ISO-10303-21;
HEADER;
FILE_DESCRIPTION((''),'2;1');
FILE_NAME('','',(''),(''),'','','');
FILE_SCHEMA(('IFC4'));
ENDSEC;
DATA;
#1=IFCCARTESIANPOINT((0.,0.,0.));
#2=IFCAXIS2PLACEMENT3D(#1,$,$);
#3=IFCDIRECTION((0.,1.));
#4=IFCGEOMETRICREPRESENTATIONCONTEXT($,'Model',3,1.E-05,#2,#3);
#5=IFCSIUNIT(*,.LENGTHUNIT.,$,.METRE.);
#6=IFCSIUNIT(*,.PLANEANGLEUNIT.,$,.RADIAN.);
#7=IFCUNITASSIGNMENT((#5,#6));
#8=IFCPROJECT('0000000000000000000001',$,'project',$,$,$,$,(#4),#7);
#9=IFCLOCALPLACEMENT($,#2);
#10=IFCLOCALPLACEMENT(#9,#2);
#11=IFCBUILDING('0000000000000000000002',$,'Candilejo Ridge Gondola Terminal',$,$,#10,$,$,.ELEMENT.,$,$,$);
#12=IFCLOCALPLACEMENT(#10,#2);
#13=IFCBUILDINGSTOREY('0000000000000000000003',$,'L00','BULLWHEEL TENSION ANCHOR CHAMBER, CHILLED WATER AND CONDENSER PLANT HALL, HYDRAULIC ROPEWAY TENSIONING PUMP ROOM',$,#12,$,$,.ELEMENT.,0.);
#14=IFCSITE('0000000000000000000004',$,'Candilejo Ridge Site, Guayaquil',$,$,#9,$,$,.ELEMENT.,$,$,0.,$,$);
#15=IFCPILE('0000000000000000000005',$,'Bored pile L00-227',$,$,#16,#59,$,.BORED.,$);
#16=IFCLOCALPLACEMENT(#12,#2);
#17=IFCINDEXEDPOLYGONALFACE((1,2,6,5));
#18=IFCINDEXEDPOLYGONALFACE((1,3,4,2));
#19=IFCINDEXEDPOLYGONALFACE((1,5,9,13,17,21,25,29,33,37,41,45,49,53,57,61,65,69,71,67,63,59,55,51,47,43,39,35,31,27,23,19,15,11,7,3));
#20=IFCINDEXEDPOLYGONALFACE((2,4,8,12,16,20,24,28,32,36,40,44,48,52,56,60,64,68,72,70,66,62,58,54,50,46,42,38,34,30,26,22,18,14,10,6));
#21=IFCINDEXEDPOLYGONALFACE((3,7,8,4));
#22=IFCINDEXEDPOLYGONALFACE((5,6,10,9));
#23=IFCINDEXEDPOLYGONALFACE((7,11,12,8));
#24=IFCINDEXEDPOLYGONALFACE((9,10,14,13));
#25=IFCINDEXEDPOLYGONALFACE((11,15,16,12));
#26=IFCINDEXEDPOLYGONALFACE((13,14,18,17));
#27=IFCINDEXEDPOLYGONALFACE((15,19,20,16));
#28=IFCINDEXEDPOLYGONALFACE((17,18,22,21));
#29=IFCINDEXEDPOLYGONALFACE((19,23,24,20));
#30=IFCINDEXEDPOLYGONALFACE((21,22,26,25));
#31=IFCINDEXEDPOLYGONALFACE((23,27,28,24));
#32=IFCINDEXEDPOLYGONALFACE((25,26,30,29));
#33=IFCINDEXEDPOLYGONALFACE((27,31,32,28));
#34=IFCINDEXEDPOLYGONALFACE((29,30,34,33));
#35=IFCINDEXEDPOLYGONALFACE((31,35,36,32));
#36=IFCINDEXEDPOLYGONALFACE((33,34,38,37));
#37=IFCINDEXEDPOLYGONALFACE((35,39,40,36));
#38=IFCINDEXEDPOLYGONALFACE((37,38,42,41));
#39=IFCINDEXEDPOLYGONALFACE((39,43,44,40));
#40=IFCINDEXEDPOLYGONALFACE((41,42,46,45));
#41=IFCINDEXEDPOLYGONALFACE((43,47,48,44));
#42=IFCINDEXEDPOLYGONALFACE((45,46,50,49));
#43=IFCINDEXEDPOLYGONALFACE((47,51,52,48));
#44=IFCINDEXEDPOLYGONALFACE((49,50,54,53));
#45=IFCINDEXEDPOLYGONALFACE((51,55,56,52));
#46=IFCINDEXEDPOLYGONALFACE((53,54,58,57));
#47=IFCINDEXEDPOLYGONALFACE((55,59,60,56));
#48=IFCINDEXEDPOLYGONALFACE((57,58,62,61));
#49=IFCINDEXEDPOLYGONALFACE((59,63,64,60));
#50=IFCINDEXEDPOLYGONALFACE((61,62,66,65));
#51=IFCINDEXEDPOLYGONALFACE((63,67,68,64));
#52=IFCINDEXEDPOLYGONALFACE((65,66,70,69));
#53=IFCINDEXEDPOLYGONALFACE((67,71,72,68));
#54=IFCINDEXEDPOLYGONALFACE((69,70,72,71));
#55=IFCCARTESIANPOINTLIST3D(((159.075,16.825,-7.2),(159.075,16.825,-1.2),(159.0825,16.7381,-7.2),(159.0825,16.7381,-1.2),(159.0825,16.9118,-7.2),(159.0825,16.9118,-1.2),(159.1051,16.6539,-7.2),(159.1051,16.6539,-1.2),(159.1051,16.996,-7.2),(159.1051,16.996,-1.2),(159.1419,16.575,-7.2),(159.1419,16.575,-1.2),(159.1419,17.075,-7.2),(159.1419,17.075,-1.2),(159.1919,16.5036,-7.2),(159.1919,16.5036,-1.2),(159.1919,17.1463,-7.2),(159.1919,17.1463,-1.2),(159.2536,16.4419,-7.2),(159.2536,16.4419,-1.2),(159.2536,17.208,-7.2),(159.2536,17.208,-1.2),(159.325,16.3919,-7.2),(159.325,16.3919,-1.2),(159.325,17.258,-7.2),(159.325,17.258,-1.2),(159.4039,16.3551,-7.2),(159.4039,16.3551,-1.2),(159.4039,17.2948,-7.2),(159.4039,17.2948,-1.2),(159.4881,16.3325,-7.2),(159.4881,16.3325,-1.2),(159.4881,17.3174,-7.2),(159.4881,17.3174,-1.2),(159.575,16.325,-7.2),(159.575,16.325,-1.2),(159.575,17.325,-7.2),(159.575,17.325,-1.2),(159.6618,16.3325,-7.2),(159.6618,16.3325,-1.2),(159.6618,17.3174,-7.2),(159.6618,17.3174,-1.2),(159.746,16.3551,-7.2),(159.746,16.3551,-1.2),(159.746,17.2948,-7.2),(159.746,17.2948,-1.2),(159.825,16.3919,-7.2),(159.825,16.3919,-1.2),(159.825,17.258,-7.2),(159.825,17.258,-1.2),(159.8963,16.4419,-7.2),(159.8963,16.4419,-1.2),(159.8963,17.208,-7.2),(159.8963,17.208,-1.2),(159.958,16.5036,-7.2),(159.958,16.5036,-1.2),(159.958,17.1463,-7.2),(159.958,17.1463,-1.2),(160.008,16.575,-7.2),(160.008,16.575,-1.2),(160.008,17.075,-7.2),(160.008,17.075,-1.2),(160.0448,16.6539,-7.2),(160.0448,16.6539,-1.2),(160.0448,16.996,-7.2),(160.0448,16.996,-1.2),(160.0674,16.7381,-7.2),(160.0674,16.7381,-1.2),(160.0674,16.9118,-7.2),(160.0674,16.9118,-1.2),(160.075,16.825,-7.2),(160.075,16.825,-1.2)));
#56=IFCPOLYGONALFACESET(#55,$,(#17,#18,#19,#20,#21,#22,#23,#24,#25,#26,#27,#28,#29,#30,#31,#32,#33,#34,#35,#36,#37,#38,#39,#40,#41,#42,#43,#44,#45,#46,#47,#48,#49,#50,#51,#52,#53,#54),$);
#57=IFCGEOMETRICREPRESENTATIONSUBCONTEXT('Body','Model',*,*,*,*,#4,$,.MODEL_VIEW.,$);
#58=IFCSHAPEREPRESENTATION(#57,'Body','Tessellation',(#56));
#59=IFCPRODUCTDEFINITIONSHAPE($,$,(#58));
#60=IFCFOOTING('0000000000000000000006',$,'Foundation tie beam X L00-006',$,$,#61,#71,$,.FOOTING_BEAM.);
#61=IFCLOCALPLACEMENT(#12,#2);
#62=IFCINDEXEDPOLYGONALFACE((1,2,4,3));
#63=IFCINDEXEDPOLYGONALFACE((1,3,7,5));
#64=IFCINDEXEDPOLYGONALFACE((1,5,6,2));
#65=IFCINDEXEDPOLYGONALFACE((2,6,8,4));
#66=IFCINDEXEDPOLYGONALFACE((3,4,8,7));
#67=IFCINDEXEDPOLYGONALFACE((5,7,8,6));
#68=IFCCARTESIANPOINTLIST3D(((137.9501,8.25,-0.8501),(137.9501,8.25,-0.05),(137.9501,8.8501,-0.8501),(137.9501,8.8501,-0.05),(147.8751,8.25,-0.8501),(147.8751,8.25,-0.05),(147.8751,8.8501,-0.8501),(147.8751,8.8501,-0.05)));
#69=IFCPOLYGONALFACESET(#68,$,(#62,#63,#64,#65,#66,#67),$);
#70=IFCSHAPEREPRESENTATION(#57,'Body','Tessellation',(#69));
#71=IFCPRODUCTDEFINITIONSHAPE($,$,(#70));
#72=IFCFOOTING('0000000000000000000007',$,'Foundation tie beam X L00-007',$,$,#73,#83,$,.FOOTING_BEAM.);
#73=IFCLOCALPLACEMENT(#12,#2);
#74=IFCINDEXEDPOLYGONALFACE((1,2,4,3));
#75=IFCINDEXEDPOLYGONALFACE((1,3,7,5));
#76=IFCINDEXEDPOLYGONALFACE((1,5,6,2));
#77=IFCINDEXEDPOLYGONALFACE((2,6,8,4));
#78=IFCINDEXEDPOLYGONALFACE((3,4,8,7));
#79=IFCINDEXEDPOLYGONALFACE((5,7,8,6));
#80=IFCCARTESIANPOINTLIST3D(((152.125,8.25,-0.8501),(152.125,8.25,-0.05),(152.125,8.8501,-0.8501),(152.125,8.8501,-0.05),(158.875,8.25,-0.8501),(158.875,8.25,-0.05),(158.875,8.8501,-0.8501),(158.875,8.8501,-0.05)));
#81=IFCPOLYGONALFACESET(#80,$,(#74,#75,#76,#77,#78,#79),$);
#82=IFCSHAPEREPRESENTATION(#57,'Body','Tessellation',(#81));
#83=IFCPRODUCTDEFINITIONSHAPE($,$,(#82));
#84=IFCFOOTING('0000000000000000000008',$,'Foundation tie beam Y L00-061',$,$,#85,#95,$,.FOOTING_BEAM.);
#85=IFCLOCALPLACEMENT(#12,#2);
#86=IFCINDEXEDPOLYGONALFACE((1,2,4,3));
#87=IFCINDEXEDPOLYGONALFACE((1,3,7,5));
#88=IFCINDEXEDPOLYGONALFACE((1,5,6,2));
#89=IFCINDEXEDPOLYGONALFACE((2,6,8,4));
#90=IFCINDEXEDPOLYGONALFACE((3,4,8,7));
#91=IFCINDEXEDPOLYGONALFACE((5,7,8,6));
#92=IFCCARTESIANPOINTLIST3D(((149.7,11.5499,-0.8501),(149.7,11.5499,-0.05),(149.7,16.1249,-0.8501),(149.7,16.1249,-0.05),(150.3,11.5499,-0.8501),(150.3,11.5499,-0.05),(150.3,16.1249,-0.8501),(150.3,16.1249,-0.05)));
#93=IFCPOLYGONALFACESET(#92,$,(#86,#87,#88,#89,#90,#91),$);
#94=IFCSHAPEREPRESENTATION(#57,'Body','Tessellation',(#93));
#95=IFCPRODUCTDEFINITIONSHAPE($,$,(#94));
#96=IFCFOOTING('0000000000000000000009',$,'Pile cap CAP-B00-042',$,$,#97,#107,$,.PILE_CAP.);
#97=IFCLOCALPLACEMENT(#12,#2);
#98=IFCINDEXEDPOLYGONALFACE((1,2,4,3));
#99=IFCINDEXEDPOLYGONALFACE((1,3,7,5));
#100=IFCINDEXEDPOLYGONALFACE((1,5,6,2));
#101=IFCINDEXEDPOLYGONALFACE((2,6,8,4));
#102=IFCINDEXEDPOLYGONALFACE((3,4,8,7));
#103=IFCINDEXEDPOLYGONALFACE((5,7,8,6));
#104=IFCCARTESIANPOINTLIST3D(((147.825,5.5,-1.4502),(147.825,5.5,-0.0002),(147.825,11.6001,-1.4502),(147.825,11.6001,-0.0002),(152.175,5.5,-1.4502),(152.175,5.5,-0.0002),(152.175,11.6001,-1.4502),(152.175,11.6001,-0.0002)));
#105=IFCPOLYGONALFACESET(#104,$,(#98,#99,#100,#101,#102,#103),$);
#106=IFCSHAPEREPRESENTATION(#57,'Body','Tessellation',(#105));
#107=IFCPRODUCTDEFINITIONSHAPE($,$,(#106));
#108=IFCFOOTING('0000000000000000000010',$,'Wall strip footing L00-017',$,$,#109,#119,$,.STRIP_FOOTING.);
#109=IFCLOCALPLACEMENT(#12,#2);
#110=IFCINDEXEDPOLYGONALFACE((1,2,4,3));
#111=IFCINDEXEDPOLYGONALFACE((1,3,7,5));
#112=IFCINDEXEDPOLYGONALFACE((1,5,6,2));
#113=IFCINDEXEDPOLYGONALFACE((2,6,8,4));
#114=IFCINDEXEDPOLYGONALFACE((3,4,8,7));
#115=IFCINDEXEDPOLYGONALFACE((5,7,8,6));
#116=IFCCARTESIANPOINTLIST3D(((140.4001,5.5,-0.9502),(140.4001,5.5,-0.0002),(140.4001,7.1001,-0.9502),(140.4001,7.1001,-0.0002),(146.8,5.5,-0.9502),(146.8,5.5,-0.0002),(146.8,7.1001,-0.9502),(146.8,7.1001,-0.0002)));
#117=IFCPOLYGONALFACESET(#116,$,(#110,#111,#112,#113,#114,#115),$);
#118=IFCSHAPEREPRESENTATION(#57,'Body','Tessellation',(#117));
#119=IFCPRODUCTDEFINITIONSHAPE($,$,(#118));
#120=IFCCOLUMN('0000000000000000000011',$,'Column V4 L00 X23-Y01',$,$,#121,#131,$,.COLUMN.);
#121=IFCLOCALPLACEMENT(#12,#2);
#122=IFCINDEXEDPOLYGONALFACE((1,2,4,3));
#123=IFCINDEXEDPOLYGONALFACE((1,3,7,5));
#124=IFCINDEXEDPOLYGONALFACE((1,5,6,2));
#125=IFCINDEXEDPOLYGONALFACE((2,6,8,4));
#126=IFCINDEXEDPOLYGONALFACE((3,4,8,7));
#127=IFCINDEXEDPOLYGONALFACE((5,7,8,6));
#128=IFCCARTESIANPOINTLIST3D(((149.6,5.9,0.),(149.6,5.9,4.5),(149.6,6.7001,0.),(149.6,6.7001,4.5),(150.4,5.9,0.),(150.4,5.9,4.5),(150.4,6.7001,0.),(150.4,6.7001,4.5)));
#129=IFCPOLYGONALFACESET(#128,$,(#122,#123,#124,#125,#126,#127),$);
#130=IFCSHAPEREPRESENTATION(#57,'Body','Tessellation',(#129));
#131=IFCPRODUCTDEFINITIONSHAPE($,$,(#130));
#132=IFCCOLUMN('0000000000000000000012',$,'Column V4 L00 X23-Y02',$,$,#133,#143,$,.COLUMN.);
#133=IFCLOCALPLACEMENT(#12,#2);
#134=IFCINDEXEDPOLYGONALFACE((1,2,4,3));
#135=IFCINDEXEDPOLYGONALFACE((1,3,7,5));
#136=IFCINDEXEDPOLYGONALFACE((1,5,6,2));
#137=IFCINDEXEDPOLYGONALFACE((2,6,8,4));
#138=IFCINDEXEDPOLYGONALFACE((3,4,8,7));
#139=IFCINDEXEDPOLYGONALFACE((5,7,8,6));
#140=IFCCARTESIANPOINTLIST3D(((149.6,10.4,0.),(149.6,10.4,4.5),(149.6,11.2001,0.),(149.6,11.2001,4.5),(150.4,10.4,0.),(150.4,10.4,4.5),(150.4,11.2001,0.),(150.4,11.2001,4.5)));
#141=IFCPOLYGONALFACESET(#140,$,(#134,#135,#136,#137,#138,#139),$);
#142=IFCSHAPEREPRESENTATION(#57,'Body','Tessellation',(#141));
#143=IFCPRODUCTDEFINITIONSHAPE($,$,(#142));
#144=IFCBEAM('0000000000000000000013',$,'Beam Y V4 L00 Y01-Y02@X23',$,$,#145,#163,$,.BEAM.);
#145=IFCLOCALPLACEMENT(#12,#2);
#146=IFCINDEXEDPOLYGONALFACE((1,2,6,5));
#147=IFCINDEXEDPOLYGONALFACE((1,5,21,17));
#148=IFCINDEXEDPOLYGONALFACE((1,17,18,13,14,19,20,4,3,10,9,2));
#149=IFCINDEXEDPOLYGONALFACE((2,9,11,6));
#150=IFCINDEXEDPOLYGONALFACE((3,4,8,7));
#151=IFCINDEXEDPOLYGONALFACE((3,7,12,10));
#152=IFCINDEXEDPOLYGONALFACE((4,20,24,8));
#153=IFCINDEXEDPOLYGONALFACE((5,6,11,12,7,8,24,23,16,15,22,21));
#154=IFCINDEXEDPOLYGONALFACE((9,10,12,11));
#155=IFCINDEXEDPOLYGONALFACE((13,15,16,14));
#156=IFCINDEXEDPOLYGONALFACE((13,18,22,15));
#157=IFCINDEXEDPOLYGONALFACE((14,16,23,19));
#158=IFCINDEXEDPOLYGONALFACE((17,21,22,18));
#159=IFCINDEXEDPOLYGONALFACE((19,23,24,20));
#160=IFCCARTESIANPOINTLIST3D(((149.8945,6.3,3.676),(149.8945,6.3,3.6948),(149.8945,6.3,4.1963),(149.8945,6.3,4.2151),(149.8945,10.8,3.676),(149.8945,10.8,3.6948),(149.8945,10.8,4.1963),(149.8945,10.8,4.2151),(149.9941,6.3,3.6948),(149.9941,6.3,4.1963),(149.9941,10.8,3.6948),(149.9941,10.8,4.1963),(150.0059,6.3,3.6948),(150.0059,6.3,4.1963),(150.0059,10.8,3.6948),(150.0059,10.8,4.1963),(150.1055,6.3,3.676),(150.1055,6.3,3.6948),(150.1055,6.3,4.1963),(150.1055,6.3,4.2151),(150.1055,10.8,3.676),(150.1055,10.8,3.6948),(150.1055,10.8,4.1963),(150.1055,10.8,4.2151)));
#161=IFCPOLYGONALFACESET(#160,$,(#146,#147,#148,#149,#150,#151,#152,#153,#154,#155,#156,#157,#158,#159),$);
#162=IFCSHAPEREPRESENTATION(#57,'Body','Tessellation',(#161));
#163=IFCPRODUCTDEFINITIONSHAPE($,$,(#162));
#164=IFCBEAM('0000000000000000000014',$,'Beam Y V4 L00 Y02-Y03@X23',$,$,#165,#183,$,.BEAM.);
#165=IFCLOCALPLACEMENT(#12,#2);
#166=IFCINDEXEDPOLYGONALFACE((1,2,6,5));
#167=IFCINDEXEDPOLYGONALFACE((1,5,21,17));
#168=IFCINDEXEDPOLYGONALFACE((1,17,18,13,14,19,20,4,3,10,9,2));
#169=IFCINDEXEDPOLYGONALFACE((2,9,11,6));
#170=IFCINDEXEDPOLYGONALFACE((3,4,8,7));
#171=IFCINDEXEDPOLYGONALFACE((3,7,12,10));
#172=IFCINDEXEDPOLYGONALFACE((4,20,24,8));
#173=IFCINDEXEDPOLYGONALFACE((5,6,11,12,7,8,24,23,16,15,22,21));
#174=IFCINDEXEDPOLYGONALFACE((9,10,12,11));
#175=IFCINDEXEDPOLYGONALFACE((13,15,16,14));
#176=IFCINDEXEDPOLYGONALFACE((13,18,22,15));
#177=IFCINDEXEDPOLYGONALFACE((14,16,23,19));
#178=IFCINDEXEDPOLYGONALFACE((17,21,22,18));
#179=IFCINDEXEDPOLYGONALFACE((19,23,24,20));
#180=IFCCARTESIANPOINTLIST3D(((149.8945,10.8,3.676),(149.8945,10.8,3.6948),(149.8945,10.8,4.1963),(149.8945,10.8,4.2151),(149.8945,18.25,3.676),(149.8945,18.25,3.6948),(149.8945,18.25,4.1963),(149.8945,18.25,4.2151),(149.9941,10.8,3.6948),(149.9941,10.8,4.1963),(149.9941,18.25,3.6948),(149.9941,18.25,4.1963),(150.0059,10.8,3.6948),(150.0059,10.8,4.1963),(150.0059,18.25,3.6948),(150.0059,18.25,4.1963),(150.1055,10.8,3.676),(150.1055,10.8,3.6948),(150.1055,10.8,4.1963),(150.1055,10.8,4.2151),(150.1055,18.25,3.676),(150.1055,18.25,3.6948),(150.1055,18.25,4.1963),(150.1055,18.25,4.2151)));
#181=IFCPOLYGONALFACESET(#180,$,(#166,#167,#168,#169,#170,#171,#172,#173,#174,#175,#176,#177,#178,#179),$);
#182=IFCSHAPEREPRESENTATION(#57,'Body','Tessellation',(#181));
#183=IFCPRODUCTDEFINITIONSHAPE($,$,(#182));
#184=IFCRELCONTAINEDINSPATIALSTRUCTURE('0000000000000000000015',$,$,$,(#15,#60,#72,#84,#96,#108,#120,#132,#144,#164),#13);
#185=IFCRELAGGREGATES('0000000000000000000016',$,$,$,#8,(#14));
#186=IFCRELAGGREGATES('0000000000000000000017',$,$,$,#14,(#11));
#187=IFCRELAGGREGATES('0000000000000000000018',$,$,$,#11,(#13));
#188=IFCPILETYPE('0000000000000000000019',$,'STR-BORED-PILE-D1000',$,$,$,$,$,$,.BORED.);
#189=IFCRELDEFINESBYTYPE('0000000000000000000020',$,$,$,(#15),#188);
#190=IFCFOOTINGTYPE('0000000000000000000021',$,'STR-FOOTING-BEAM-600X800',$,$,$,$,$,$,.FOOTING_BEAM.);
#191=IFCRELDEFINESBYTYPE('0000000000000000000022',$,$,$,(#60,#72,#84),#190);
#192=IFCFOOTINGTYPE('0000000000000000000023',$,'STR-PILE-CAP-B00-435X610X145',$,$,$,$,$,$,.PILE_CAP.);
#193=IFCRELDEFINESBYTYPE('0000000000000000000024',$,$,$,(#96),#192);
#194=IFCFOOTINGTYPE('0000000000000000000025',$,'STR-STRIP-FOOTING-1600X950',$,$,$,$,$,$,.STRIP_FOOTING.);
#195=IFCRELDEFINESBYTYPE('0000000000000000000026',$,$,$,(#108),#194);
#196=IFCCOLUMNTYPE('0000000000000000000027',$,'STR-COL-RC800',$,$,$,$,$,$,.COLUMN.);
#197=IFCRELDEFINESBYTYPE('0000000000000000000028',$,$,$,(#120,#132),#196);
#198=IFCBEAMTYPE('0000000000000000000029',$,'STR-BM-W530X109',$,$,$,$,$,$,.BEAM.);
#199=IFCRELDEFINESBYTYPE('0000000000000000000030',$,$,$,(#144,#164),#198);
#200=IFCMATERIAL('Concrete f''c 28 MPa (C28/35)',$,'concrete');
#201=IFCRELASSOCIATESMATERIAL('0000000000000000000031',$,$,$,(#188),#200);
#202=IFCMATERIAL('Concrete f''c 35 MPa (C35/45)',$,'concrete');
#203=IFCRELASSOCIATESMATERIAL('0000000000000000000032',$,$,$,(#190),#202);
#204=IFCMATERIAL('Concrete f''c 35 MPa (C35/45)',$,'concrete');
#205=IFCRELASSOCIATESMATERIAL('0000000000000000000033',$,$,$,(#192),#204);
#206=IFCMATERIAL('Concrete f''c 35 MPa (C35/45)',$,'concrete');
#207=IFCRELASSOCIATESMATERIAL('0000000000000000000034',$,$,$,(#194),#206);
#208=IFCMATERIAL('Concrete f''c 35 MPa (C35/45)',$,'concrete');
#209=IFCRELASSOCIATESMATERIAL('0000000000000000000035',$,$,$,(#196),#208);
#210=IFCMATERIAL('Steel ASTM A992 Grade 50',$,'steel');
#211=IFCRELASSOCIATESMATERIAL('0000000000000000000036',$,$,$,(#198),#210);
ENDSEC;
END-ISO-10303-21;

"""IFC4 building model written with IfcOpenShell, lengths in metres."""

from ifc_helpers import new_model, si_unit, direction, frame, origin, origin_2d, place, context, subcontext, project, spatial, rectangle, circle, i_section, extrude, material, material_profile, profile_set, type_object, element, save


model = new_model("IFC4")

# Units and contexts
model_context = context("Model", 3, precision=1e-05, world=origin(), true_north=direction((0.0, 1.0)))
body_context = subcontext(model_context, "Body", "Model", "MODEL_VIEW")
ifc_project = project(units=[si_unit("LENGTHUNIT", "METRE"), si_unit("PLANEANGLEUNIT", "RADIAN")], contexts=[model_context])

# Site, building, storey
site_placement = place(None, origin())
site = spatial("IfcSite", under=ifc_project, at=site_placement, Name="Candilejo Ridge Site, Guayaquil", CompositionType="ELEMENT", RefElevation=0.0)
building_placement = place(site_placement, origin())
building = spatial("IfcBuilding", under=site, at=building_placement, Name="Candilejo Ridge Gondola Terminal", CompositionType="ELEMENT")
storey_placement = place(building_placement, origin())
storey = spatial("IfcBuildingStorey", under=building, at=storey_placement, Name="L00", Description="BULLWHEEL TENSION ANCHOR CHAMBER, CHILLED WATER AND CONDENSER PLANT HALL, HYDRAULIC ROPEWAY TENSIONING PUMP ROOM", CompositionType="ELEMENT", Elevation=0.0)

# Pile
ifc_material_1 = material(Name="Concrete f'c 28 MPa (C28/35)", Category="concrete")
ifc_material_profile_1 = material_profile(ifc_material_1, circle(Radius=0.5, at=origin_2d()))
ifc_profile_set_1 = profile_set([ifc_material_profile_1], Name="Concrete f'c 28 MPa (C28/35)")
pile_type = type_object("IfcPileType", Name="STR-BORED-PILE-D1000", PredefinedType="BORED", material=ifc_profile_set_1)
pile_placement = place(storey_placement, frame((159.575, 16.825, -1.2), z_axis=(0.0, 0.0, -1.0), x_axis=(1.0, 0.0, 0.0)))
element("IfcPile", 1, at=pile_placement, inside=storey, type_object=pile_type, Name="Bored pile L00-227", PredefinedType="BORED", context=body_context, shape_type="SweptSolid", body=[
    extrude(circle(Radius=0.5, at=origin_2d()), origin(), (0.0, 0.0, 1.0), 6.0),
])

# Footings
ifc_material_2 = material(Name="Concrete f'c 35 MPa (C35/45)", Category="concrete")
footing_type_1 = type_object("IfcFootingType", Name="STR-FOOTING-BEAM-600X800", PredefinedType="FOOTING_BEAM", material=ifc_material_2)
footing_1_placement = place(storey_placement, frame((142.9126, 8.55, -0.8501), z_axis=(0.0, 0.0, 1.0), x_axis=(1.0, 0.0, 0.0)))
element("IfcFooting", 2, at=footing_1_placement, inside=storey, type_object=footing_type_1, Name="Foundation tie beam X L00-006", PredefinedType="FOOTING_BEAM", context=body_context, shape_type="SweptSolid", body=[
    extrude(rectangle(XDim=9.925, YDim=0.6001, at=origin_2d()), origin(), (0.0, 0.0, 1.0), 0.8),
])
footing_2_placement = place(storey_placement, frame((155.5, 8.55, -0.8501), z_axis=(0.0, 0.0, 1.0), x_axis=(1.0, 0.0, 0.0)))
element("IfcFooting", 3, at=footing_2_placement, inside=storey, type_object=footing_type_1, Name="Foundation tie beam X L00-007", PredefinedType="FOOTING_BEAM", context=body_context, shape_type="SweptSolid", body=[
    extrude(rectangle(XDim=6.75, YDim=0.6001, at=origin_2d()), origin(), (0.0, 0.0, 1.0), 0.8),
])
footing_3_placement = place(storey_placement, frame((150.0, 13.8374, -0.8501), z_axis=(0.0, 0.0, 1.0), x_axis=(1.0, 0.0, 0.0)))
element("IfcFooting", 4, at=footing_3_placement, inside=storey, type_object=footing_type_1, Name="Foundation tie beam Y L00-061", PredefinedType="FOOTING_BEAM", context=body_context, shape_type="SweptSolid", body=[
    extrude(rectangle(XDim=0.6001, YDim=4.575, at=origin_2d()), origin(), (0.0, 0.0, 1.0), 0.8),
])
ifc_material_3 = material(Name="Concrete f'c 35 MPa (C35/45)", Category="concrete")
footing_type_2 = type_object("IfcFootingType", Name="STR-PILE-CAP-B00-435X610X145", PredefinedType="PILE_CAP", material=ifc_material_3)
footing_4_placement = place(storey_placement, frame((150.0, 8.55, -1.4502), z_axis=(0.0, 0.0, 1.0), x_axis=(1.0, 0.0, 0.0)))
element("IfcFooting", 5, at=footing_4_placement, inside=storey, type_object=footing_type_2, Name="Pile cap CAP-B00-042", PredefinedType="PILE_CAP", context=body_context, shape_type="SweptSolid", body=[
    extrude(rectangle(XDim=4.3501, YDim=6.1001, at=origin_2d()), origin(), (0.0, 0.0, 1.0), 1.45),
])
ifc_material_4 = material(Name="Concrete f'c 35 MPa (C35/45)", Category="concrete")
footing_type_3 = type_object("IfcFootingType", Name="STR-STRIP-FOOTING-1600X950", PredefinedType="STRIP_FOOTING", material=ifc_material_4)
footing_5_placement = place(storey_placement, frame((143.6001, 6.3, -0.9502), z_axis=(0.0, 0.0, 1.0), x_axis=(1.0, 0.0, 0.0)))
element("IfcFooting", 6, at=footing_5_placement, inside=storey, type_object=footing_type_3, Name="Wall strip footing L00-017", PredefinedType="STRIP_FOOTING", context=body_context, shape_type="SweptSolid", body=[
    extrude(rectangle(XDim=6.3999, YDim=1.6001, at=origin_2d()), origin(), (0.0, 0.0, 1.0), 0.95),
])

# Columns
ifc_material_5 = material(Name="Concrete f'c 35 MPa (C35/45)", Category="concrete")
ifc_material_profile_2 = material_profile(ifc_material_5, rectangle(XDim=0.8, YDim=0.8, at=origin_2d()))
ifc_profile_set_2 = profile_set([ifc_material_profile_2], Name="Concrete f'c 35 MPa (C35/45)")
column_type = type_object("IfcColumnType", Name="STR-COL-RC800", PredefinedType="COLUMN", material=ifc_profile_set_2)
for number, where, z_axis, x_axis, name in (
    (7, (150.0, 6.3, 0.0), (0.0, 0.0, 1.0), (1.0, 0.0, 0.0), "Column V4 L00 X23-Y01"),
    (8, (150.0, 10.8, 0.0), (0.0, 0.0, 1.0), (1.0, 0.0, 0.0), "Column V4 L00 X23-Y02"),
):
    element("IfcColumn", number, at=place(storey_placement, frame(where, z_axis=z_axis, x_axis=x_axis)), inside=storey, type_object=column_type, Name=name, PredefinedType="COLUMN", context=body_context, shape_type="SweptSolid", body=[
        extrude(rectangle(XDim=0.8, YDim=0.8, at=origin_2d()), origin(), (0.0, 0.0, 1.0), 4.5),
    ])

# Beams
ifc_material_6 = material(Name="Steel ASTM A992 Grade 50", Category="steel")
ifc_material_profile_3 = material_profile(ifc_material_6, i_section(OverallWidth=0.2109, OverallDepth=0.5391, WebThickness=0.0117, FlangeThickness=0.0188, at=origin_2d()))
ifc_profile_set_3 = profile_set([ifc_material_profile_3], Name="Steel ASTM A992 Grade 50")
beam_type_1 = type_object("IfcBeamType", Name="STR-BM-W530X109", PredefinedType="BEAM", material=ifc_profile_set_3)
beam_1_placement = place(storey_placement, frame((150.0, 6.3, 3.9456), z_axis=(0.0, 1.0, 0.0), x_axis=(-1.0, 0.0, 0.0)))
element("IfcBeam", 9, at=beam_1_placement, inside=storey, type_object=beam_type_1, Name="Beam Y V4 L00 Y01-Y02@X23", PredefinedType="BEAM", context=body_context, shape_type="SweptSolid", body=[
    extrude(i_section(OverallWidth=0.2109, OverallDepth=0.5391, WebThickness=0.0117, FlangeThickness=0.0188, at=origin_2d()), origin(), (0.0, 0.0, 1.0), 4.5),
])
beam_2_placement = place(storey_placement, frame((150.0, 10.8, 3.9456), z_axis=(0.0, 1.0, 0.0), x_axis=(-1.0, 0.0, 0.0)))
element("IfcBeam", 10, at=beam_2_placement, inside=storey, type_object=beam_type_1, Name="Beam Y V4 L00 Y02-Y03@X23", PredefinedType="BEAM", context=body_context, shape_type="SweptSolid", body=[
    extrude(i_section(OverallWidth=0.2109, OverallDepth=0.5391, WebThickness=0.0117, FlangeThickness=0.0188, at=origin_2d()), origin(), (0.0, 0.0, 1.0), 7.45),
])

save(model, "model.ifc")
